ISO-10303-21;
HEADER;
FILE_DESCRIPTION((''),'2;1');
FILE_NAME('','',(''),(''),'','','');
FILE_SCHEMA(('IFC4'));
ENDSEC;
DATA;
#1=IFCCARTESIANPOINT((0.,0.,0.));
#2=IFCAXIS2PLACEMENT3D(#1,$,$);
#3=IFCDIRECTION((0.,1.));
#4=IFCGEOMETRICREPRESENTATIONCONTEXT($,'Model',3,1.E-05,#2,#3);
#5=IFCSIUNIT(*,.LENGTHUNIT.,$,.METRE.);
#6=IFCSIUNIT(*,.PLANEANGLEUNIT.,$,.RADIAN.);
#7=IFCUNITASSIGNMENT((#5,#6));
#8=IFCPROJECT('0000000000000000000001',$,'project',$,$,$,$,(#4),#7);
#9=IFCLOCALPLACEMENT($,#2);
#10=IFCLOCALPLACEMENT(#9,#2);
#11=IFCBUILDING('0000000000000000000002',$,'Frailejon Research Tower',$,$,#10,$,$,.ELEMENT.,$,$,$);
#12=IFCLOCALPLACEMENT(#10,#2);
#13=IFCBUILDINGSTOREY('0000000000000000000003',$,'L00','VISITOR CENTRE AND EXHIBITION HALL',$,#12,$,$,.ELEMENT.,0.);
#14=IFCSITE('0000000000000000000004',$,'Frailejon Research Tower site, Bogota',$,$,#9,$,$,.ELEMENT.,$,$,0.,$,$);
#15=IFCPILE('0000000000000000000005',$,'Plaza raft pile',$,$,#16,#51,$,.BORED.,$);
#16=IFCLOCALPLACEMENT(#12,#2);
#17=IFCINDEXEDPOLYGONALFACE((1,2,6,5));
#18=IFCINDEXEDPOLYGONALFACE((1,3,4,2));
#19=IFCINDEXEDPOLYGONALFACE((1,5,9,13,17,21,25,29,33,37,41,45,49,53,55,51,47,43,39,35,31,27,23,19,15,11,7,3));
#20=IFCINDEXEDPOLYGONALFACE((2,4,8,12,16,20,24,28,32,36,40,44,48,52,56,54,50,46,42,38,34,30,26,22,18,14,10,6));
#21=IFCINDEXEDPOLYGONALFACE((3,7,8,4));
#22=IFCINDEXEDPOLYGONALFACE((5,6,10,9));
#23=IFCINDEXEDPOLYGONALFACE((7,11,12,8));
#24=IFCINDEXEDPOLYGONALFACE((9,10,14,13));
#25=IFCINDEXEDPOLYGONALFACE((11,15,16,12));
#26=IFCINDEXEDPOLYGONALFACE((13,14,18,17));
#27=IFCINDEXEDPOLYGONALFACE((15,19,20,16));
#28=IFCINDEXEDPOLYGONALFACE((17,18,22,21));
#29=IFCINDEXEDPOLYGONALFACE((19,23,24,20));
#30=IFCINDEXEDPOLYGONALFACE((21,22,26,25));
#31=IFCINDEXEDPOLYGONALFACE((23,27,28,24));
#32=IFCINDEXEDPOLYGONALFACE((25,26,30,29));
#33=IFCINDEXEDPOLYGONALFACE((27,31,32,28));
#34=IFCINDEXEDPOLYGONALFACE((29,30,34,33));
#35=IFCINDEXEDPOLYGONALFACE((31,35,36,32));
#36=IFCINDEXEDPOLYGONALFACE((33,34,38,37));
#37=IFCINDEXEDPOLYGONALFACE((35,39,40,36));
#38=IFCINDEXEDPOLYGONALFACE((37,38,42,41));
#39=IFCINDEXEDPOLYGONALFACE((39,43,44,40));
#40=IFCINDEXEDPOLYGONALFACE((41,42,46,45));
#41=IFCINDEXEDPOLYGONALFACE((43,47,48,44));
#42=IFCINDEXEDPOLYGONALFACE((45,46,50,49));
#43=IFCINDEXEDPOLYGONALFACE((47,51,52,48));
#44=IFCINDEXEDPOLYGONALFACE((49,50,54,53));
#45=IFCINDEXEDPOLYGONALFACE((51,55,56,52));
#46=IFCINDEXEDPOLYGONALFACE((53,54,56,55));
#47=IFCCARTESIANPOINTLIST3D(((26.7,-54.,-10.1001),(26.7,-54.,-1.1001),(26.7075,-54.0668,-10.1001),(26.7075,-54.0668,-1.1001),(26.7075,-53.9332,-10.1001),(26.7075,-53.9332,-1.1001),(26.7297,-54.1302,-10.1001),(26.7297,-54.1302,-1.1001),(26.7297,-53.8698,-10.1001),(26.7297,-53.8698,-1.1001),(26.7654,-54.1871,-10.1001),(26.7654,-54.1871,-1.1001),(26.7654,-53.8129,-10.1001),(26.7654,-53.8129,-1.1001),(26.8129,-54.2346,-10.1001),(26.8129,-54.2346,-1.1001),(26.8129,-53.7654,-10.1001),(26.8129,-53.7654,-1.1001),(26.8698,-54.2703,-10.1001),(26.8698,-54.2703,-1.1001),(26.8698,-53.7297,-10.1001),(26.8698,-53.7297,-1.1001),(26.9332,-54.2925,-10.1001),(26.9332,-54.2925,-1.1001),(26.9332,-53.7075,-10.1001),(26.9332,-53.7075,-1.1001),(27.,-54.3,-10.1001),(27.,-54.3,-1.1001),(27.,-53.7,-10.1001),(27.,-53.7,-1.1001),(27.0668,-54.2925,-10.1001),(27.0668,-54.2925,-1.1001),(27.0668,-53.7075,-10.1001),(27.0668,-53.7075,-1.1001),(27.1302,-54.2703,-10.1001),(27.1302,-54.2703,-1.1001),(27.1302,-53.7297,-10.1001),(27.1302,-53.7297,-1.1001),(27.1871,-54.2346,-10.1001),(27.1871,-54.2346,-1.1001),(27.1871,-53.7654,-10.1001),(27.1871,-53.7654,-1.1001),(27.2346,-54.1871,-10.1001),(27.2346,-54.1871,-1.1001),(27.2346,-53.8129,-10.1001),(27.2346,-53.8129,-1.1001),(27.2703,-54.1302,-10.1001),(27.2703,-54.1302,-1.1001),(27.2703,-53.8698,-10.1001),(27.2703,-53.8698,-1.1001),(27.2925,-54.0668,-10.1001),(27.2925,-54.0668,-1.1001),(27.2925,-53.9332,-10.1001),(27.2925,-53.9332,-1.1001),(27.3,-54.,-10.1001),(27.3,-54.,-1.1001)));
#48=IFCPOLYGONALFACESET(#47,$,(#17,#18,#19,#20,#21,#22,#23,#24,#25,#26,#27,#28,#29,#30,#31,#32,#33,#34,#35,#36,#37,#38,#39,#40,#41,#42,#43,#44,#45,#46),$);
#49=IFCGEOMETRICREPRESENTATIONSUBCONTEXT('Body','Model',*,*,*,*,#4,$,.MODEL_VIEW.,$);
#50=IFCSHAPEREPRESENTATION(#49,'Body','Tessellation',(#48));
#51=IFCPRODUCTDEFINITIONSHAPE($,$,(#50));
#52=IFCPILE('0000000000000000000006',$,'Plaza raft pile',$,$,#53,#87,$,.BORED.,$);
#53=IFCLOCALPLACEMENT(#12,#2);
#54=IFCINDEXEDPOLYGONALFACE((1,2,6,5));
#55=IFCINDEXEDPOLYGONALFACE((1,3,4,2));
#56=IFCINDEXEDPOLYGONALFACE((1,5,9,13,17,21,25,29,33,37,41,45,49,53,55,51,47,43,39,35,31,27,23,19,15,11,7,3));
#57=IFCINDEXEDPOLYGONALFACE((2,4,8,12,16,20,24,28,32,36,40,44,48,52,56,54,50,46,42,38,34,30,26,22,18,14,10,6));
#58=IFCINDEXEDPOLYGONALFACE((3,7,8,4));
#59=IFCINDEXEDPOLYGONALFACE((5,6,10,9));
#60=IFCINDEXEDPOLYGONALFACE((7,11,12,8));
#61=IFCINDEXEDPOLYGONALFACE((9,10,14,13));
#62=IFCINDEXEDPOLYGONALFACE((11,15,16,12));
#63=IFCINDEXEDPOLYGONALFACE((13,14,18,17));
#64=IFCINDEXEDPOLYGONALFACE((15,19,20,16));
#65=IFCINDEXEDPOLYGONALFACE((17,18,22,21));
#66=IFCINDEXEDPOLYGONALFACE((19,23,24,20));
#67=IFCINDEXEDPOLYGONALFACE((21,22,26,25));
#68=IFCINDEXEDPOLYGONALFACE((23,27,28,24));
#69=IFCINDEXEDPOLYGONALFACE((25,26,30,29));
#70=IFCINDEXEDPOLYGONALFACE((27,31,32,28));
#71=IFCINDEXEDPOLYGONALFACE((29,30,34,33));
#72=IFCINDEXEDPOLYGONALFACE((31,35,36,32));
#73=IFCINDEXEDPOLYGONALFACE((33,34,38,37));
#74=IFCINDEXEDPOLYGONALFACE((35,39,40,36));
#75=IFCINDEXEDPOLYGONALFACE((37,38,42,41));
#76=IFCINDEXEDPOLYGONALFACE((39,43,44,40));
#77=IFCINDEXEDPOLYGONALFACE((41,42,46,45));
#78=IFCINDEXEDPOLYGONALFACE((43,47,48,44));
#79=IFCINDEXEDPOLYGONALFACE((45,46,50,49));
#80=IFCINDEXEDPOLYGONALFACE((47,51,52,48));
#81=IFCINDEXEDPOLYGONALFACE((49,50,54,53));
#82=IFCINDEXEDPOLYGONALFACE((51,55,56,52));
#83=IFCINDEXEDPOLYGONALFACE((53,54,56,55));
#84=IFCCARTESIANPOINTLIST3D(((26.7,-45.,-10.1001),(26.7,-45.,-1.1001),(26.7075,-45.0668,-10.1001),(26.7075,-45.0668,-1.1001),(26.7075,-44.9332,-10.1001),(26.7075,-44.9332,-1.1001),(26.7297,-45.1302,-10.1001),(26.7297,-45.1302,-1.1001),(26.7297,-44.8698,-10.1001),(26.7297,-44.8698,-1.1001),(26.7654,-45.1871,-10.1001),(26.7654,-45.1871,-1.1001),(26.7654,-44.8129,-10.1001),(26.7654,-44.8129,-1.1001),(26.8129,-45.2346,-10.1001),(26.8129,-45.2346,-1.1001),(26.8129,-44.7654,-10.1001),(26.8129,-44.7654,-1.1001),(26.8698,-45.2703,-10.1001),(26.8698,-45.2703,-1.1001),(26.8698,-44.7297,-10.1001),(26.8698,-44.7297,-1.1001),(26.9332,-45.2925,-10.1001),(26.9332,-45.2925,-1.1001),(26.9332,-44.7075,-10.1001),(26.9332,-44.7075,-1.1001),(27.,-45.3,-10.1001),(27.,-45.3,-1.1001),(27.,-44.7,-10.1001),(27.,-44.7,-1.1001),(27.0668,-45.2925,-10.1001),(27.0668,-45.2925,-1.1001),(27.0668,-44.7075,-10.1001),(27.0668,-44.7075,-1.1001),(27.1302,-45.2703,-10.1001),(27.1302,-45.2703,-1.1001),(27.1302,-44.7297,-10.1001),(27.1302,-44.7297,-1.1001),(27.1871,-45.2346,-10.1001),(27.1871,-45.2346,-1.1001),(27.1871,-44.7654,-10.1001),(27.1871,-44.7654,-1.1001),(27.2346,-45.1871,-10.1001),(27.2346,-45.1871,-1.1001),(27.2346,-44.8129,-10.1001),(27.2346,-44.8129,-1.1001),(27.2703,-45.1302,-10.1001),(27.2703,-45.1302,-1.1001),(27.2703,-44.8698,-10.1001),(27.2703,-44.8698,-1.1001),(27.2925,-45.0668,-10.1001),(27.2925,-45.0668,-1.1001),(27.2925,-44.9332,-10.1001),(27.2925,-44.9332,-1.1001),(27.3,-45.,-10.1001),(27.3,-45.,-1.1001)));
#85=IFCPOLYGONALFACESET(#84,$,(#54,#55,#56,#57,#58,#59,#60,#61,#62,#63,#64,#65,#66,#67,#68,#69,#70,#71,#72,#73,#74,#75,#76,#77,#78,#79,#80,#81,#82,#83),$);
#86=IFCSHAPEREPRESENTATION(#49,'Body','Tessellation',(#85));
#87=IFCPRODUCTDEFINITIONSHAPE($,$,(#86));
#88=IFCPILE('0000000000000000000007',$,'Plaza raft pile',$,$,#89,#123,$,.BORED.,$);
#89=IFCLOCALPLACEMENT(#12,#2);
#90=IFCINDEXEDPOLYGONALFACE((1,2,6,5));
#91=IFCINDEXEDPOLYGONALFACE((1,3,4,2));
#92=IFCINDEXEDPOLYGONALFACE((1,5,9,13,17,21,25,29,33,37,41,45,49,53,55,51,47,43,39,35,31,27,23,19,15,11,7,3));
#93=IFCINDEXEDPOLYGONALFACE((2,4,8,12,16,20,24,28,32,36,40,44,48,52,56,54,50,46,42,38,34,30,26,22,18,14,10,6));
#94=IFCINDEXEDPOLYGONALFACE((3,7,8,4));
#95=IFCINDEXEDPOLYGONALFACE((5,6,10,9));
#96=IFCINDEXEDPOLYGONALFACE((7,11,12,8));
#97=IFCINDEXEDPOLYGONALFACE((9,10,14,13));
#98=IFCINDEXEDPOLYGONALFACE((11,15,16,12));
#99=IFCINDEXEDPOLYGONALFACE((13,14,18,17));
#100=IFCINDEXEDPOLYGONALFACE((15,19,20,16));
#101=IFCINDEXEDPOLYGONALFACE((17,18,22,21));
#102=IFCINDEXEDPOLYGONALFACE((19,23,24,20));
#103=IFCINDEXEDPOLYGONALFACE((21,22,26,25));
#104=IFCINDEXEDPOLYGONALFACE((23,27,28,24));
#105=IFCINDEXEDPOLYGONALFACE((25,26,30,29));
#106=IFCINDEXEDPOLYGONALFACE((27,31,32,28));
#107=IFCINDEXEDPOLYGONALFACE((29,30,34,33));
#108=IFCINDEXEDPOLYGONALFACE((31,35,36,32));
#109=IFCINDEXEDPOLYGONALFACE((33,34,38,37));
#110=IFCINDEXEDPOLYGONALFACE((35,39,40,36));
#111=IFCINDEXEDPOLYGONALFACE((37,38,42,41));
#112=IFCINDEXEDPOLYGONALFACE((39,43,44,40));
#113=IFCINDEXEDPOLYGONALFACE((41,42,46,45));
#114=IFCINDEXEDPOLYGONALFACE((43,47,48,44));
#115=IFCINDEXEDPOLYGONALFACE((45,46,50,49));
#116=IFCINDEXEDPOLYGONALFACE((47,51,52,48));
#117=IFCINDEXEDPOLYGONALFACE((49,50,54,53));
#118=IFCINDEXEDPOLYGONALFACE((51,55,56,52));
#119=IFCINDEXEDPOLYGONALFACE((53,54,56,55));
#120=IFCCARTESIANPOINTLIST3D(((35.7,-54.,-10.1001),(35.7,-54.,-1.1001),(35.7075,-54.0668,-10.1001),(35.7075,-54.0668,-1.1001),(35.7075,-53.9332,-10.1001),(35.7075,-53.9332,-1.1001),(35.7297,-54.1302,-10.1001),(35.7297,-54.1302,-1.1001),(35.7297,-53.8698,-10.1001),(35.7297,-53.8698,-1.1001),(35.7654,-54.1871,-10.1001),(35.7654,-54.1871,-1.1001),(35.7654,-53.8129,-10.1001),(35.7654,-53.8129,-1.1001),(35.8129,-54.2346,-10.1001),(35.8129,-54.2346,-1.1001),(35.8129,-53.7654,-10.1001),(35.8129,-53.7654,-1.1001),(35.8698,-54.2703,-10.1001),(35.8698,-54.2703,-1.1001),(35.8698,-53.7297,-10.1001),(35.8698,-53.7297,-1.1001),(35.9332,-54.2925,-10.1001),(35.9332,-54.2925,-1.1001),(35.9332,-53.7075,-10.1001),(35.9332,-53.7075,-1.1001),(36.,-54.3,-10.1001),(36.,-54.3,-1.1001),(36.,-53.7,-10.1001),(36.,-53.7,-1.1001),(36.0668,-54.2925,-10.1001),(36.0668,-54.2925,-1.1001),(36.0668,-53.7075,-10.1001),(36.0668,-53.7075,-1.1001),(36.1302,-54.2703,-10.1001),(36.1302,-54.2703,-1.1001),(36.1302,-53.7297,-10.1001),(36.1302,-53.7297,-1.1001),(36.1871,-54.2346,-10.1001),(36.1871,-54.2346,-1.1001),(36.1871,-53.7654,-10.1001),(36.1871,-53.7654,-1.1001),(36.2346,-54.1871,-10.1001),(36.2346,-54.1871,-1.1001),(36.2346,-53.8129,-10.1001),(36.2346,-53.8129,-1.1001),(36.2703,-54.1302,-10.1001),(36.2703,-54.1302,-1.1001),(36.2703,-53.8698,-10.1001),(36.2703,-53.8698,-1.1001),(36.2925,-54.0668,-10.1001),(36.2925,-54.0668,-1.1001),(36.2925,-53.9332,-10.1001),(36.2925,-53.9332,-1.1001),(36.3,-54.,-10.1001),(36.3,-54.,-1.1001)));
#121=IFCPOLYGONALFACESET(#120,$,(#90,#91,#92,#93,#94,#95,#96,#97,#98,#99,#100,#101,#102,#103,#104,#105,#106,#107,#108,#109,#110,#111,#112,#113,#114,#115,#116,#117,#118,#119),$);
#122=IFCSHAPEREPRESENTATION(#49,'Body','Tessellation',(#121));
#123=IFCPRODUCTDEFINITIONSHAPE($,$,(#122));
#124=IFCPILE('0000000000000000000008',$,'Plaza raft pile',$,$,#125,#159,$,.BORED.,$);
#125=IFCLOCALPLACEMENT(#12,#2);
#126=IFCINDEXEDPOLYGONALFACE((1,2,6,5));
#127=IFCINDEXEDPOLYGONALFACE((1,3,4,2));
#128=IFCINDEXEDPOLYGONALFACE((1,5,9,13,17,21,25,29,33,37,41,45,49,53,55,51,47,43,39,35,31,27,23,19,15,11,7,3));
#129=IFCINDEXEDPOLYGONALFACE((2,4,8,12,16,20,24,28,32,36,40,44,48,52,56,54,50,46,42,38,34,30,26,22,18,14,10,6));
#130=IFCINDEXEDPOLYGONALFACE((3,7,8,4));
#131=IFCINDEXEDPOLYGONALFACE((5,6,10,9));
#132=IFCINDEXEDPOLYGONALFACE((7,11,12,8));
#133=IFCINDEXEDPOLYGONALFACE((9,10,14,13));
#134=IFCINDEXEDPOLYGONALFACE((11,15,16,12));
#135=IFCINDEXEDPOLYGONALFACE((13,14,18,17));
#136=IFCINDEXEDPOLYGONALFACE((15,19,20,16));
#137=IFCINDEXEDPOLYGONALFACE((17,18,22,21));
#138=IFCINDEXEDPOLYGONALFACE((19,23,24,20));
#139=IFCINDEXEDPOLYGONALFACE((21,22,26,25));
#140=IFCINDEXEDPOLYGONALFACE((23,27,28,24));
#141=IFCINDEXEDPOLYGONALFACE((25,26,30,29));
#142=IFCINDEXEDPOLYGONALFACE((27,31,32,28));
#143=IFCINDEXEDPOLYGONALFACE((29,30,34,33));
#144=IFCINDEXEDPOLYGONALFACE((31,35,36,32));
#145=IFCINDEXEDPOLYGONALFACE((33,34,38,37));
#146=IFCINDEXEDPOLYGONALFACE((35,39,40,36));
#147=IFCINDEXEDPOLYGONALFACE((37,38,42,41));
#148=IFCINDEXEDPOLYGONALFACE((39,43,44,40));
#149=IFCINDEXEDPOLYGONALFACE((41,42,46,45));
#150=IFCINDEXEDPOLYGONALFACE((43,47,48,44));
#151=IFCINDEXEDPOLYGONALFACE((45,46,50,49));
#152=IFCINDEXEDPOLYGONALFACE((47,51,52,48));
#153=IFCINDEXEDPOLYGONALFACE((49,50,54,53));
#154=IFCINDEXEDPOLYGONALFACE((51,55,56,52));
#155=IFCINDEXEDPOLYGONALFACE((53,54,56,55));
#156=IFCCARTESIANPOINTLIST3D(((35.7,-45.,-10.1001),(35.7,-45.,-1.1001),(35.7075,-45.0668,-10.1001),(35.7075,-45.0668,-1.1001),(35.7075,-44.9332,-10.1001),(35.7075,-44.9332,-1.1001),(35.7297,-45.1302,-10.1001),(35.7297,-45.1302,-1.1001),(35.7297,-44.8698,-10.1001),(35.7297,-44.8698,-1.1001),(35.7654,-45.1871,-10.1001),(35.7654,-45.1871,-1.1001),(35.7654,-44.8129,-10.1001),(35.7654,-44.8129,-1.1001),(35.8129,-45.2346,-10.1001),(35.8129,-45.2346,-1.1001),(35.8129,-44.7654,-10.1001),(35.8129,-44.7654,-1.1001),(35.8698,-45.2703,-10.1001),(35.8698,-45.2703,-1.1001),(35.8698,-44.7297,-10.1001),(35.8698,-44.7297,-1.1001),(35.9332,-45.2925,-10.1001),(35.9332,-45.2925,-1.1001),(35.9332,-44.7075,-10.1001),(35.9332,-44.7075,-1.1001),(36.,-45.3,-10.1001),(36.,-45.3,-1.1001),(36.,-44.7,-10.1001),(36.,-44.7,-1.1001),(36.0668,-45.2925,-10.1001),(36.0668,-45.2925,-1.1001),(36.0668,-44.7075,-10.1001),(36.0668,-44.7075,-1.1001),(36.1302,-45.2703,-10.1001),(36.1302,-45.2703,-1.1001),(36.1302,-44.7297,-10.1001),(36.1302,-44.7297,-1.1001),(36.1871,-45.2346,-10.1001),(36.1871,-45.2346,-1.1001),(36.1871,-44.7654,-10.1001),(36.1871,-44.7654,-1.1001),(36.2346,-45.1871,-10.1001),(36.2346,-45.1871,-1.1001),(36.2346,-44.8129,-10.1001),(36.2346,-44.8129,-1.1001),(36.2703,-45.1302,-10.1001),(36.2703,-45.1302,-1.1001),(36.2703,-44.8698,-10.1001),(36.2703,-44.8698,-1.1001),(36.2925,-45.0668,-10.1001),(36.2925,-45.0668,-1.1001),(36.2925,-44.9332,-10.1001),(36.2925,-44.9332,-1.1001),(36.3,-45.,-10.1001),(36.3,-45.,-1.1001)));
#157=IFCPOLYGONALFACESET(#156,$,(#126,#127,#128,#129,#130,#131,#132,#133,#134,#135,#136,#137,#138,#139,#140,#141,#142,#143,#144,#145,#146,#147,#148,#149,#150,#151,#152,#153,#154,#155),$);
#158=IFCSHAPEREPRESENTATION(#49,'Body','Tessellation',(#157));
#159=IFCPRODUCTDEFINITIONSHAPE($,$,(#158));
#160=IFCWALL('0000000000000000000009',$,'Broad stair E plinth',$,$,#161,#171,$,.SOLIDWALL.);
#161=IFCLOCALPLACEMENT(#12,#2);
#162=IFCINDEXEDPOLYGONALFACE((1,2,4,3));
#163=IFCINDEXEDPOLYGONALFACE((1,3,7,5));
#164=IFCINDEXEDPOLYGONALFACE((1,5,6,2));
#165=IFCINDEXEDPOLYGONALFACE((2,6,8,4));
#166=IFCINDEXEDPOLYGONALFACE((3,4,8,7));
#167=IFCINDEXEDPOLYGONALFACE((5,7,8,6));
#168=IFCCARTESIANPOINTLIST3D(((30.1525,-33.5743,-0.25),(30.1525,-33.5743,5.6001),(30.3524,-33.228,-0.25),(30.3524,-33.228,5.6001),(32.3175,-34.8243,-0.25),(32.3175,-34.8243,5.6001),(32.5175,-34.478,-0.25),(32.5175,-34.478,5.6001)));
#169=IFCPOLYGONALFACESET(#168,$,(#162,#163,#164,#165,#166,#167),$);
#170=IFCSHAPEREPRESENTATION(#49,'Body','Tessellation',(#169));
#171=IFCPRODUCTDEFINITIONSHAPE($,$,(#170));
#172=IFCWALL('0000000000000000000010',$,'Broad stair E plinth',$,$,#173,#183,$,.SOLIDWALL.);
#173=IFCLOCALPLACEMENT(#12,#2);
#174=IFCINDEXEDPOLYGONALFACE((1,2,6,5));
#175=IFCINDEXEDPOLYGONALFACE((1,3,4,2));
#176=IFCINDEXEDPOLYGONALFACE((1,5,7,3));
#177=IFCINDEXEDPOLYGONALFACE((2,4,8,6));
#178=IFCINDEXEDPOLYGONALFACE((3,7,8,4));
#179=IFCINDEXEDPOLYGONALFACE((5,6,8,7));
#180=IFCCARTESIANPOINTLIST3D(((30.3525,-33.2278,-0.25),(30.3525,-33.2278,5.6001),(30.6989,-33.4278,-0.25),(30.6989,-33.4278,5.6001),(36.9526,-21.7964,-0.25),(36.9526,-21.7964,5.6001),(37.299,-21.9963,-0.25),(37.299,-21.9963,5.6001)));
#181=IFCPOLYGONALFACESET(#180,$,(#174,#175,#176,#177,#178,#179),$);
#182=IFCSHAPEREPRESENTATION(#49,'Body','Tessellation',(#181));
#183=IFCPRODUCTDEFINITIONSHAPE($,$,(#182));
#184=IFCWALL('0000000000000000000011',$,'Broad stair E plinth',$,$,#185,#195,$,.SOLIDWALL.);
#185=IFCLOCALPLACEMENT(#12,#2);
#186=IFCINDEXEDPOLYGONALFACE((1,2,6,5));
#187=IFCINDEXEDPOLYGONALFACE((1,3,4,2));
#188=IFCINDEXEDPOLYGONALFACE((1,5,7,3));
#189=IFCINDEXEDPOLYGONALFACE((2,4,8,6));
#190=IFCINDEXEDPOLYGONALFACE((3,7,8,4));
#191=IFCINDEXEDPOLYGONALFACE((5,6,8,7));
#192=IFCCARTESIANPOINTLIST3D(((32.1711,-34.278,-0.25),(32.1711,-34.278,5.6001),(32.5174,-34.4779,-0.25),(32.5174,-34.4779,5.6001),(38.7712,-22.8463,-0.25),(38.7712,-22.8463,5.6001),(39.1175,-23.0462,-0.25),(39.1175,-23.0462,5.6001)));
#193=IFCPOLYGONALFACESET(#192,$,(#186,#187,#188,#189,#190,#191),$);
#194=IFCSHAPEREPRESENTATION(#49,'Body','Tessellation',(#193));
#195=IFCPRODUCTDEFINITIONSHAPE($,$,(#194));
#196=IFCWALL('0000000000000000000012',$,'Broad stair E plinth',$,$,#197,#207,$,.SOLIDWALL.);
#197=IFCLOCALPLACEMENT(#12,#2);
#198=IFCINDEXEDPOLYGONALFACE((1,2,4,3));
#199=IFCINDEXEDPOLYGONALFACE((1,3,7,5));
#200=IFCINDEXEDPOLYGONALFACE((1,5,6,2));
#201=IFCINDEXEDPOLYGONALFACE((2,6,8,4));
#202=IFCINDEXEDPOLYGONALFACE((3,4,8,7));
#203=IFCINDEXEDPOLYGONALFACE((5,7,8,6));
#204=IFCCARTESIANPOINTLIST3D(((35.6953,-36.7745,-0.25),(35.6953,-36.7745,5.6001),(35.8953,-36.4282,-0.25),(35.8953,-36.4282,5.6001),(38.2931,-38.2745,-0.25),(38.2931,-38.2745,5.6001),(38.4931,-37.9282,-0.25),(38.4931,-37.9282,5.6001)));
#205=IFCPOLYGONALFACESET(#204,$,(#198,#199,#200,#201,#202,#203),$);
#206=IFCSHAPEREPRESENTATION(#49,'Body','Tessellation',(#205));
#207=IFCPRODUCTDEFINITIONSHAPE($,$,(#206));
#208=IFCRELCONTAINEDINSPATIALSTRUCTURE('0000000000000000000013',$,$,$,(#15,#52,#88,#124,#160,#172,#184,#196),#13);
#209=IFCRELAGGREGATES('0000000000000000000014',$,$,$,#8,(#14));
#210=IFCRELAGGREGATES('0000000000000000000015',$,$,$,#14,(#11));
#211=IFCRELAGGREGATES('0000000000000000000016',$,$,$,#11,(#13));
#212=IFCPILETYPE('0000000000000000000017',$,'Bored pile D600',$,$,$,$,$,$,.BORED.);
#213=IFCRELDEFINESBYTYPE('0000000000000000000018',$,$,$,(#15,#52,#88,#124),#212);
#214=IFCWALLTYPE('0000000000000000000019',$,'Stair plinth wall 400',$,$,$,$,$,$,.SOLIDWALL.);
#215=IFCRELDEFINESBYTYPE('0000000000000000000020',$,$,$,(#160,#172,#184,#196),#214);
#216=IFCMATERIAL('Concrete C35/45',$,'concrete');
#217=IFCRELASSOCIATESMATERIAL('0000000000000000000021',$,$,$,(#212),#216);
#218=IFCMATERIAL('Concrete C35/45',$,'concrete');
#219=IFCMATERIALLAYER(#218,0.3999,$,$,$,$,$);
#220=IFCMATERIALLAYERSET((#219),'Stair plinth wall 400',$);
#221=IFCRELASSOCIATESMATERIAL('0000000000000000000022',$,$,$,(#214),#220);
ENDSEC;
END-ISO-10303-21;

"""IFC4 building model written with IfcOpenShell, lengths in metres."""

from ifc_helpers import new_model, si_unit, direction, frame, frame_2d, origin, origin_2d, place, context, subcontext, project, spatial, rectangle, circle, extrude, material, layer, layer_set, material_profile, profile_set, type_object, element, save


model = new_model("IFC4")

# Units and contexts
model_context = context("Model", 3, precision=1e-05, world=origin(), true_north=direction((0.0, 1.0)))
body_context = subcontext(model_context, "Body", "Model", "MODEL_VIEW")
ifc_project = project(units=[si_unit("LENGTHUNIT", "METRE"), si_unit("PLANEANGLEUNIT", "RADIAN")], contexts=[model_context])

# Site, building, storey
site_placement = place(None, origin())
site = spatial("IfcSite", under=ifc_project, at=site_placement, Name="Frailejon Research Tower site, Bogota", CompositionType="ELEMENT", RefElevation=0.0)
building_placement = place(site_placement, origin())
building = spatial("IfcBuilding", under=site, at=building_placement, Name="Frailejon Research Tower", CompositionType="ELEMENT")
storey_placement = place(building_placement, origin())
storey = spatial("IfcBuildingStorey", under=building, at=storey_placement, Name="L00", Description="VISITOR CENTRE AND EXHIBITION HALL", CompositionType="ELEMENT", Elevation=0.0)

# Piles
ifc_material_1 = material(Name="Concrete C35/45", Category="concrete")
ifc_material_profile = material_profile(ifc_material_1, circle(Radius=0.3, at=origin_2d()), Name="Bored pile D600")
ifc_profile_set = profile_set([ifc_material_profile], Name="Concrete C35/45")
pile_type = type_object("IfcPileType", Name="Bored pile D600", PredefinedType="BORED", material=ifc_profile_set)
for number, where, z_axis, x_axis, name in (
    (1, (27.0, -54.0, -1.1001), (0.0, 0.0, -1.0), (1.0, 0.0, 0.0), "Plaza raft pile"),
    (2, (27.0, -45.0, -1.1001), (0.0, 0.0, -1.0), (1.0, 0.0, 0.0), "Plaza raft pile"),
    (3, (36.0, -54.0, -1.1001), (0.0, 0.0, -1.0), (1.0, 0.0, 0.0), "Plaza raft pile"),
    (4, (36.0, -45.0, -1.1001), (0.0, 0.0, -1.0), (1.0, 0.0, 0.0), "Plaza raft pile"),
):
    element("IfcPile", number, at=place(storey_placement, frame(where, z_axis=z_axis, x_axis=x_axis)), inside=storey, type_object=pile_type, Name=name, PredefinedType="BORED", context=body_context, shape_type="SweptSolid", body=[
        extrude(circle(Radius=0.3, at=origin_2d()), origin(), (0.0, 0.0, 1.0), 9.0),
    ])

# Walls
ifc_material_2 = material(Name="Concrete C35/45", Category="concrete")
ifc_layer = layer(ifc_material_2, 0.3999)
ifc_layer_set = layer_set([ifc_layer], Name="Stair plinth wall 400")
wall_type = type_object("IfcWallType", Name="Stair plinth wall 400", PredefinedType="SOLIDWALL", material=ifc_layer_set)
wall_1_placement = place(storey_placement, frame((30.2524, -33.4011, -0.25), z_axis=(0.0, 0.0, 1.0), x_axis=(0.866023, -0.500004, 0.0)))
element("IfcWall", 5, at=wall_1_placement, inside=storey, type_object=wall_type, Name="Broad stair E plinth", PredefinedType="SOLIDWALL", context=body_context, shape_type="SweptSolid", body=[
    extrude(rectangle(XDim=2.5, YDim=0.3999, at=frame_2d((1.25, 0.0))), origin(), (0.0, 0.0, 1.0), 5.8501),
])
wall_2_placement = place(storey_placement, frame((30.5256, -33.3279, -0.25), z_axis=(0.0, 0.0, 1.0), x_axis=(0.50001, 0.86602, 0.0)))
element("IfcWall", 6, at=wall_2_placement, inside=storey, type_object=wall_type, Name="Broad stair E plinth", PredefinedType="SOLIDWALL", context=body_context, shape_type="SweptSolid", body=[
    extrude(rectangle(XDim=13.2, YDim=0.3999, at=frame_2d((6.6001, 0.0))), origin(), (0.0, 0.0, 1.0), 5.8501),
])
wall_3_placement = place(storey_placement, frame((32.3442, -34.3779, -0.25), z_axis=(0.0, 0.0, 1.0), x_axis=(0.500002, 0.866024, 0.0)))
element("IfcWall", 7, at=wall_3_placement, inside=storey, type_object=wall_type, Name="Broad stair E plinth", PredefinedType="SOLIDWALL", context=body_context, shape_type="SweptSolid", body=[
    extrude(rectangle(XDim=13.2002, YDim=0.3999, at=frame_2d((6.6001, 0.0))), origin(), (0.0, 0.0, 1.0), 5.8501),
])
wall_4_placement = place(storey_placement, frame((35.7952, -36.6013, -0.25), z_axis=(0.0, 0.0, 1.0), x_axis=(0.866011, -0.500025, 0.0)))
element("IfcWall", 8, at=wall_4_placement, inside=storey, type_object=wall_type, Name="Broad stair E plinth", PredefinedType="SOLIDWALL", context=body_context, shape_type="SweptSolid", body=[
    extrude(rectangle(XDim=2.9998, YDim=0.3999, at=frame_2d((1.5, 0.0))), origin(), (0.0, 0.0, 1.0), 5.8501),
])

save(model, "model.ifc")
